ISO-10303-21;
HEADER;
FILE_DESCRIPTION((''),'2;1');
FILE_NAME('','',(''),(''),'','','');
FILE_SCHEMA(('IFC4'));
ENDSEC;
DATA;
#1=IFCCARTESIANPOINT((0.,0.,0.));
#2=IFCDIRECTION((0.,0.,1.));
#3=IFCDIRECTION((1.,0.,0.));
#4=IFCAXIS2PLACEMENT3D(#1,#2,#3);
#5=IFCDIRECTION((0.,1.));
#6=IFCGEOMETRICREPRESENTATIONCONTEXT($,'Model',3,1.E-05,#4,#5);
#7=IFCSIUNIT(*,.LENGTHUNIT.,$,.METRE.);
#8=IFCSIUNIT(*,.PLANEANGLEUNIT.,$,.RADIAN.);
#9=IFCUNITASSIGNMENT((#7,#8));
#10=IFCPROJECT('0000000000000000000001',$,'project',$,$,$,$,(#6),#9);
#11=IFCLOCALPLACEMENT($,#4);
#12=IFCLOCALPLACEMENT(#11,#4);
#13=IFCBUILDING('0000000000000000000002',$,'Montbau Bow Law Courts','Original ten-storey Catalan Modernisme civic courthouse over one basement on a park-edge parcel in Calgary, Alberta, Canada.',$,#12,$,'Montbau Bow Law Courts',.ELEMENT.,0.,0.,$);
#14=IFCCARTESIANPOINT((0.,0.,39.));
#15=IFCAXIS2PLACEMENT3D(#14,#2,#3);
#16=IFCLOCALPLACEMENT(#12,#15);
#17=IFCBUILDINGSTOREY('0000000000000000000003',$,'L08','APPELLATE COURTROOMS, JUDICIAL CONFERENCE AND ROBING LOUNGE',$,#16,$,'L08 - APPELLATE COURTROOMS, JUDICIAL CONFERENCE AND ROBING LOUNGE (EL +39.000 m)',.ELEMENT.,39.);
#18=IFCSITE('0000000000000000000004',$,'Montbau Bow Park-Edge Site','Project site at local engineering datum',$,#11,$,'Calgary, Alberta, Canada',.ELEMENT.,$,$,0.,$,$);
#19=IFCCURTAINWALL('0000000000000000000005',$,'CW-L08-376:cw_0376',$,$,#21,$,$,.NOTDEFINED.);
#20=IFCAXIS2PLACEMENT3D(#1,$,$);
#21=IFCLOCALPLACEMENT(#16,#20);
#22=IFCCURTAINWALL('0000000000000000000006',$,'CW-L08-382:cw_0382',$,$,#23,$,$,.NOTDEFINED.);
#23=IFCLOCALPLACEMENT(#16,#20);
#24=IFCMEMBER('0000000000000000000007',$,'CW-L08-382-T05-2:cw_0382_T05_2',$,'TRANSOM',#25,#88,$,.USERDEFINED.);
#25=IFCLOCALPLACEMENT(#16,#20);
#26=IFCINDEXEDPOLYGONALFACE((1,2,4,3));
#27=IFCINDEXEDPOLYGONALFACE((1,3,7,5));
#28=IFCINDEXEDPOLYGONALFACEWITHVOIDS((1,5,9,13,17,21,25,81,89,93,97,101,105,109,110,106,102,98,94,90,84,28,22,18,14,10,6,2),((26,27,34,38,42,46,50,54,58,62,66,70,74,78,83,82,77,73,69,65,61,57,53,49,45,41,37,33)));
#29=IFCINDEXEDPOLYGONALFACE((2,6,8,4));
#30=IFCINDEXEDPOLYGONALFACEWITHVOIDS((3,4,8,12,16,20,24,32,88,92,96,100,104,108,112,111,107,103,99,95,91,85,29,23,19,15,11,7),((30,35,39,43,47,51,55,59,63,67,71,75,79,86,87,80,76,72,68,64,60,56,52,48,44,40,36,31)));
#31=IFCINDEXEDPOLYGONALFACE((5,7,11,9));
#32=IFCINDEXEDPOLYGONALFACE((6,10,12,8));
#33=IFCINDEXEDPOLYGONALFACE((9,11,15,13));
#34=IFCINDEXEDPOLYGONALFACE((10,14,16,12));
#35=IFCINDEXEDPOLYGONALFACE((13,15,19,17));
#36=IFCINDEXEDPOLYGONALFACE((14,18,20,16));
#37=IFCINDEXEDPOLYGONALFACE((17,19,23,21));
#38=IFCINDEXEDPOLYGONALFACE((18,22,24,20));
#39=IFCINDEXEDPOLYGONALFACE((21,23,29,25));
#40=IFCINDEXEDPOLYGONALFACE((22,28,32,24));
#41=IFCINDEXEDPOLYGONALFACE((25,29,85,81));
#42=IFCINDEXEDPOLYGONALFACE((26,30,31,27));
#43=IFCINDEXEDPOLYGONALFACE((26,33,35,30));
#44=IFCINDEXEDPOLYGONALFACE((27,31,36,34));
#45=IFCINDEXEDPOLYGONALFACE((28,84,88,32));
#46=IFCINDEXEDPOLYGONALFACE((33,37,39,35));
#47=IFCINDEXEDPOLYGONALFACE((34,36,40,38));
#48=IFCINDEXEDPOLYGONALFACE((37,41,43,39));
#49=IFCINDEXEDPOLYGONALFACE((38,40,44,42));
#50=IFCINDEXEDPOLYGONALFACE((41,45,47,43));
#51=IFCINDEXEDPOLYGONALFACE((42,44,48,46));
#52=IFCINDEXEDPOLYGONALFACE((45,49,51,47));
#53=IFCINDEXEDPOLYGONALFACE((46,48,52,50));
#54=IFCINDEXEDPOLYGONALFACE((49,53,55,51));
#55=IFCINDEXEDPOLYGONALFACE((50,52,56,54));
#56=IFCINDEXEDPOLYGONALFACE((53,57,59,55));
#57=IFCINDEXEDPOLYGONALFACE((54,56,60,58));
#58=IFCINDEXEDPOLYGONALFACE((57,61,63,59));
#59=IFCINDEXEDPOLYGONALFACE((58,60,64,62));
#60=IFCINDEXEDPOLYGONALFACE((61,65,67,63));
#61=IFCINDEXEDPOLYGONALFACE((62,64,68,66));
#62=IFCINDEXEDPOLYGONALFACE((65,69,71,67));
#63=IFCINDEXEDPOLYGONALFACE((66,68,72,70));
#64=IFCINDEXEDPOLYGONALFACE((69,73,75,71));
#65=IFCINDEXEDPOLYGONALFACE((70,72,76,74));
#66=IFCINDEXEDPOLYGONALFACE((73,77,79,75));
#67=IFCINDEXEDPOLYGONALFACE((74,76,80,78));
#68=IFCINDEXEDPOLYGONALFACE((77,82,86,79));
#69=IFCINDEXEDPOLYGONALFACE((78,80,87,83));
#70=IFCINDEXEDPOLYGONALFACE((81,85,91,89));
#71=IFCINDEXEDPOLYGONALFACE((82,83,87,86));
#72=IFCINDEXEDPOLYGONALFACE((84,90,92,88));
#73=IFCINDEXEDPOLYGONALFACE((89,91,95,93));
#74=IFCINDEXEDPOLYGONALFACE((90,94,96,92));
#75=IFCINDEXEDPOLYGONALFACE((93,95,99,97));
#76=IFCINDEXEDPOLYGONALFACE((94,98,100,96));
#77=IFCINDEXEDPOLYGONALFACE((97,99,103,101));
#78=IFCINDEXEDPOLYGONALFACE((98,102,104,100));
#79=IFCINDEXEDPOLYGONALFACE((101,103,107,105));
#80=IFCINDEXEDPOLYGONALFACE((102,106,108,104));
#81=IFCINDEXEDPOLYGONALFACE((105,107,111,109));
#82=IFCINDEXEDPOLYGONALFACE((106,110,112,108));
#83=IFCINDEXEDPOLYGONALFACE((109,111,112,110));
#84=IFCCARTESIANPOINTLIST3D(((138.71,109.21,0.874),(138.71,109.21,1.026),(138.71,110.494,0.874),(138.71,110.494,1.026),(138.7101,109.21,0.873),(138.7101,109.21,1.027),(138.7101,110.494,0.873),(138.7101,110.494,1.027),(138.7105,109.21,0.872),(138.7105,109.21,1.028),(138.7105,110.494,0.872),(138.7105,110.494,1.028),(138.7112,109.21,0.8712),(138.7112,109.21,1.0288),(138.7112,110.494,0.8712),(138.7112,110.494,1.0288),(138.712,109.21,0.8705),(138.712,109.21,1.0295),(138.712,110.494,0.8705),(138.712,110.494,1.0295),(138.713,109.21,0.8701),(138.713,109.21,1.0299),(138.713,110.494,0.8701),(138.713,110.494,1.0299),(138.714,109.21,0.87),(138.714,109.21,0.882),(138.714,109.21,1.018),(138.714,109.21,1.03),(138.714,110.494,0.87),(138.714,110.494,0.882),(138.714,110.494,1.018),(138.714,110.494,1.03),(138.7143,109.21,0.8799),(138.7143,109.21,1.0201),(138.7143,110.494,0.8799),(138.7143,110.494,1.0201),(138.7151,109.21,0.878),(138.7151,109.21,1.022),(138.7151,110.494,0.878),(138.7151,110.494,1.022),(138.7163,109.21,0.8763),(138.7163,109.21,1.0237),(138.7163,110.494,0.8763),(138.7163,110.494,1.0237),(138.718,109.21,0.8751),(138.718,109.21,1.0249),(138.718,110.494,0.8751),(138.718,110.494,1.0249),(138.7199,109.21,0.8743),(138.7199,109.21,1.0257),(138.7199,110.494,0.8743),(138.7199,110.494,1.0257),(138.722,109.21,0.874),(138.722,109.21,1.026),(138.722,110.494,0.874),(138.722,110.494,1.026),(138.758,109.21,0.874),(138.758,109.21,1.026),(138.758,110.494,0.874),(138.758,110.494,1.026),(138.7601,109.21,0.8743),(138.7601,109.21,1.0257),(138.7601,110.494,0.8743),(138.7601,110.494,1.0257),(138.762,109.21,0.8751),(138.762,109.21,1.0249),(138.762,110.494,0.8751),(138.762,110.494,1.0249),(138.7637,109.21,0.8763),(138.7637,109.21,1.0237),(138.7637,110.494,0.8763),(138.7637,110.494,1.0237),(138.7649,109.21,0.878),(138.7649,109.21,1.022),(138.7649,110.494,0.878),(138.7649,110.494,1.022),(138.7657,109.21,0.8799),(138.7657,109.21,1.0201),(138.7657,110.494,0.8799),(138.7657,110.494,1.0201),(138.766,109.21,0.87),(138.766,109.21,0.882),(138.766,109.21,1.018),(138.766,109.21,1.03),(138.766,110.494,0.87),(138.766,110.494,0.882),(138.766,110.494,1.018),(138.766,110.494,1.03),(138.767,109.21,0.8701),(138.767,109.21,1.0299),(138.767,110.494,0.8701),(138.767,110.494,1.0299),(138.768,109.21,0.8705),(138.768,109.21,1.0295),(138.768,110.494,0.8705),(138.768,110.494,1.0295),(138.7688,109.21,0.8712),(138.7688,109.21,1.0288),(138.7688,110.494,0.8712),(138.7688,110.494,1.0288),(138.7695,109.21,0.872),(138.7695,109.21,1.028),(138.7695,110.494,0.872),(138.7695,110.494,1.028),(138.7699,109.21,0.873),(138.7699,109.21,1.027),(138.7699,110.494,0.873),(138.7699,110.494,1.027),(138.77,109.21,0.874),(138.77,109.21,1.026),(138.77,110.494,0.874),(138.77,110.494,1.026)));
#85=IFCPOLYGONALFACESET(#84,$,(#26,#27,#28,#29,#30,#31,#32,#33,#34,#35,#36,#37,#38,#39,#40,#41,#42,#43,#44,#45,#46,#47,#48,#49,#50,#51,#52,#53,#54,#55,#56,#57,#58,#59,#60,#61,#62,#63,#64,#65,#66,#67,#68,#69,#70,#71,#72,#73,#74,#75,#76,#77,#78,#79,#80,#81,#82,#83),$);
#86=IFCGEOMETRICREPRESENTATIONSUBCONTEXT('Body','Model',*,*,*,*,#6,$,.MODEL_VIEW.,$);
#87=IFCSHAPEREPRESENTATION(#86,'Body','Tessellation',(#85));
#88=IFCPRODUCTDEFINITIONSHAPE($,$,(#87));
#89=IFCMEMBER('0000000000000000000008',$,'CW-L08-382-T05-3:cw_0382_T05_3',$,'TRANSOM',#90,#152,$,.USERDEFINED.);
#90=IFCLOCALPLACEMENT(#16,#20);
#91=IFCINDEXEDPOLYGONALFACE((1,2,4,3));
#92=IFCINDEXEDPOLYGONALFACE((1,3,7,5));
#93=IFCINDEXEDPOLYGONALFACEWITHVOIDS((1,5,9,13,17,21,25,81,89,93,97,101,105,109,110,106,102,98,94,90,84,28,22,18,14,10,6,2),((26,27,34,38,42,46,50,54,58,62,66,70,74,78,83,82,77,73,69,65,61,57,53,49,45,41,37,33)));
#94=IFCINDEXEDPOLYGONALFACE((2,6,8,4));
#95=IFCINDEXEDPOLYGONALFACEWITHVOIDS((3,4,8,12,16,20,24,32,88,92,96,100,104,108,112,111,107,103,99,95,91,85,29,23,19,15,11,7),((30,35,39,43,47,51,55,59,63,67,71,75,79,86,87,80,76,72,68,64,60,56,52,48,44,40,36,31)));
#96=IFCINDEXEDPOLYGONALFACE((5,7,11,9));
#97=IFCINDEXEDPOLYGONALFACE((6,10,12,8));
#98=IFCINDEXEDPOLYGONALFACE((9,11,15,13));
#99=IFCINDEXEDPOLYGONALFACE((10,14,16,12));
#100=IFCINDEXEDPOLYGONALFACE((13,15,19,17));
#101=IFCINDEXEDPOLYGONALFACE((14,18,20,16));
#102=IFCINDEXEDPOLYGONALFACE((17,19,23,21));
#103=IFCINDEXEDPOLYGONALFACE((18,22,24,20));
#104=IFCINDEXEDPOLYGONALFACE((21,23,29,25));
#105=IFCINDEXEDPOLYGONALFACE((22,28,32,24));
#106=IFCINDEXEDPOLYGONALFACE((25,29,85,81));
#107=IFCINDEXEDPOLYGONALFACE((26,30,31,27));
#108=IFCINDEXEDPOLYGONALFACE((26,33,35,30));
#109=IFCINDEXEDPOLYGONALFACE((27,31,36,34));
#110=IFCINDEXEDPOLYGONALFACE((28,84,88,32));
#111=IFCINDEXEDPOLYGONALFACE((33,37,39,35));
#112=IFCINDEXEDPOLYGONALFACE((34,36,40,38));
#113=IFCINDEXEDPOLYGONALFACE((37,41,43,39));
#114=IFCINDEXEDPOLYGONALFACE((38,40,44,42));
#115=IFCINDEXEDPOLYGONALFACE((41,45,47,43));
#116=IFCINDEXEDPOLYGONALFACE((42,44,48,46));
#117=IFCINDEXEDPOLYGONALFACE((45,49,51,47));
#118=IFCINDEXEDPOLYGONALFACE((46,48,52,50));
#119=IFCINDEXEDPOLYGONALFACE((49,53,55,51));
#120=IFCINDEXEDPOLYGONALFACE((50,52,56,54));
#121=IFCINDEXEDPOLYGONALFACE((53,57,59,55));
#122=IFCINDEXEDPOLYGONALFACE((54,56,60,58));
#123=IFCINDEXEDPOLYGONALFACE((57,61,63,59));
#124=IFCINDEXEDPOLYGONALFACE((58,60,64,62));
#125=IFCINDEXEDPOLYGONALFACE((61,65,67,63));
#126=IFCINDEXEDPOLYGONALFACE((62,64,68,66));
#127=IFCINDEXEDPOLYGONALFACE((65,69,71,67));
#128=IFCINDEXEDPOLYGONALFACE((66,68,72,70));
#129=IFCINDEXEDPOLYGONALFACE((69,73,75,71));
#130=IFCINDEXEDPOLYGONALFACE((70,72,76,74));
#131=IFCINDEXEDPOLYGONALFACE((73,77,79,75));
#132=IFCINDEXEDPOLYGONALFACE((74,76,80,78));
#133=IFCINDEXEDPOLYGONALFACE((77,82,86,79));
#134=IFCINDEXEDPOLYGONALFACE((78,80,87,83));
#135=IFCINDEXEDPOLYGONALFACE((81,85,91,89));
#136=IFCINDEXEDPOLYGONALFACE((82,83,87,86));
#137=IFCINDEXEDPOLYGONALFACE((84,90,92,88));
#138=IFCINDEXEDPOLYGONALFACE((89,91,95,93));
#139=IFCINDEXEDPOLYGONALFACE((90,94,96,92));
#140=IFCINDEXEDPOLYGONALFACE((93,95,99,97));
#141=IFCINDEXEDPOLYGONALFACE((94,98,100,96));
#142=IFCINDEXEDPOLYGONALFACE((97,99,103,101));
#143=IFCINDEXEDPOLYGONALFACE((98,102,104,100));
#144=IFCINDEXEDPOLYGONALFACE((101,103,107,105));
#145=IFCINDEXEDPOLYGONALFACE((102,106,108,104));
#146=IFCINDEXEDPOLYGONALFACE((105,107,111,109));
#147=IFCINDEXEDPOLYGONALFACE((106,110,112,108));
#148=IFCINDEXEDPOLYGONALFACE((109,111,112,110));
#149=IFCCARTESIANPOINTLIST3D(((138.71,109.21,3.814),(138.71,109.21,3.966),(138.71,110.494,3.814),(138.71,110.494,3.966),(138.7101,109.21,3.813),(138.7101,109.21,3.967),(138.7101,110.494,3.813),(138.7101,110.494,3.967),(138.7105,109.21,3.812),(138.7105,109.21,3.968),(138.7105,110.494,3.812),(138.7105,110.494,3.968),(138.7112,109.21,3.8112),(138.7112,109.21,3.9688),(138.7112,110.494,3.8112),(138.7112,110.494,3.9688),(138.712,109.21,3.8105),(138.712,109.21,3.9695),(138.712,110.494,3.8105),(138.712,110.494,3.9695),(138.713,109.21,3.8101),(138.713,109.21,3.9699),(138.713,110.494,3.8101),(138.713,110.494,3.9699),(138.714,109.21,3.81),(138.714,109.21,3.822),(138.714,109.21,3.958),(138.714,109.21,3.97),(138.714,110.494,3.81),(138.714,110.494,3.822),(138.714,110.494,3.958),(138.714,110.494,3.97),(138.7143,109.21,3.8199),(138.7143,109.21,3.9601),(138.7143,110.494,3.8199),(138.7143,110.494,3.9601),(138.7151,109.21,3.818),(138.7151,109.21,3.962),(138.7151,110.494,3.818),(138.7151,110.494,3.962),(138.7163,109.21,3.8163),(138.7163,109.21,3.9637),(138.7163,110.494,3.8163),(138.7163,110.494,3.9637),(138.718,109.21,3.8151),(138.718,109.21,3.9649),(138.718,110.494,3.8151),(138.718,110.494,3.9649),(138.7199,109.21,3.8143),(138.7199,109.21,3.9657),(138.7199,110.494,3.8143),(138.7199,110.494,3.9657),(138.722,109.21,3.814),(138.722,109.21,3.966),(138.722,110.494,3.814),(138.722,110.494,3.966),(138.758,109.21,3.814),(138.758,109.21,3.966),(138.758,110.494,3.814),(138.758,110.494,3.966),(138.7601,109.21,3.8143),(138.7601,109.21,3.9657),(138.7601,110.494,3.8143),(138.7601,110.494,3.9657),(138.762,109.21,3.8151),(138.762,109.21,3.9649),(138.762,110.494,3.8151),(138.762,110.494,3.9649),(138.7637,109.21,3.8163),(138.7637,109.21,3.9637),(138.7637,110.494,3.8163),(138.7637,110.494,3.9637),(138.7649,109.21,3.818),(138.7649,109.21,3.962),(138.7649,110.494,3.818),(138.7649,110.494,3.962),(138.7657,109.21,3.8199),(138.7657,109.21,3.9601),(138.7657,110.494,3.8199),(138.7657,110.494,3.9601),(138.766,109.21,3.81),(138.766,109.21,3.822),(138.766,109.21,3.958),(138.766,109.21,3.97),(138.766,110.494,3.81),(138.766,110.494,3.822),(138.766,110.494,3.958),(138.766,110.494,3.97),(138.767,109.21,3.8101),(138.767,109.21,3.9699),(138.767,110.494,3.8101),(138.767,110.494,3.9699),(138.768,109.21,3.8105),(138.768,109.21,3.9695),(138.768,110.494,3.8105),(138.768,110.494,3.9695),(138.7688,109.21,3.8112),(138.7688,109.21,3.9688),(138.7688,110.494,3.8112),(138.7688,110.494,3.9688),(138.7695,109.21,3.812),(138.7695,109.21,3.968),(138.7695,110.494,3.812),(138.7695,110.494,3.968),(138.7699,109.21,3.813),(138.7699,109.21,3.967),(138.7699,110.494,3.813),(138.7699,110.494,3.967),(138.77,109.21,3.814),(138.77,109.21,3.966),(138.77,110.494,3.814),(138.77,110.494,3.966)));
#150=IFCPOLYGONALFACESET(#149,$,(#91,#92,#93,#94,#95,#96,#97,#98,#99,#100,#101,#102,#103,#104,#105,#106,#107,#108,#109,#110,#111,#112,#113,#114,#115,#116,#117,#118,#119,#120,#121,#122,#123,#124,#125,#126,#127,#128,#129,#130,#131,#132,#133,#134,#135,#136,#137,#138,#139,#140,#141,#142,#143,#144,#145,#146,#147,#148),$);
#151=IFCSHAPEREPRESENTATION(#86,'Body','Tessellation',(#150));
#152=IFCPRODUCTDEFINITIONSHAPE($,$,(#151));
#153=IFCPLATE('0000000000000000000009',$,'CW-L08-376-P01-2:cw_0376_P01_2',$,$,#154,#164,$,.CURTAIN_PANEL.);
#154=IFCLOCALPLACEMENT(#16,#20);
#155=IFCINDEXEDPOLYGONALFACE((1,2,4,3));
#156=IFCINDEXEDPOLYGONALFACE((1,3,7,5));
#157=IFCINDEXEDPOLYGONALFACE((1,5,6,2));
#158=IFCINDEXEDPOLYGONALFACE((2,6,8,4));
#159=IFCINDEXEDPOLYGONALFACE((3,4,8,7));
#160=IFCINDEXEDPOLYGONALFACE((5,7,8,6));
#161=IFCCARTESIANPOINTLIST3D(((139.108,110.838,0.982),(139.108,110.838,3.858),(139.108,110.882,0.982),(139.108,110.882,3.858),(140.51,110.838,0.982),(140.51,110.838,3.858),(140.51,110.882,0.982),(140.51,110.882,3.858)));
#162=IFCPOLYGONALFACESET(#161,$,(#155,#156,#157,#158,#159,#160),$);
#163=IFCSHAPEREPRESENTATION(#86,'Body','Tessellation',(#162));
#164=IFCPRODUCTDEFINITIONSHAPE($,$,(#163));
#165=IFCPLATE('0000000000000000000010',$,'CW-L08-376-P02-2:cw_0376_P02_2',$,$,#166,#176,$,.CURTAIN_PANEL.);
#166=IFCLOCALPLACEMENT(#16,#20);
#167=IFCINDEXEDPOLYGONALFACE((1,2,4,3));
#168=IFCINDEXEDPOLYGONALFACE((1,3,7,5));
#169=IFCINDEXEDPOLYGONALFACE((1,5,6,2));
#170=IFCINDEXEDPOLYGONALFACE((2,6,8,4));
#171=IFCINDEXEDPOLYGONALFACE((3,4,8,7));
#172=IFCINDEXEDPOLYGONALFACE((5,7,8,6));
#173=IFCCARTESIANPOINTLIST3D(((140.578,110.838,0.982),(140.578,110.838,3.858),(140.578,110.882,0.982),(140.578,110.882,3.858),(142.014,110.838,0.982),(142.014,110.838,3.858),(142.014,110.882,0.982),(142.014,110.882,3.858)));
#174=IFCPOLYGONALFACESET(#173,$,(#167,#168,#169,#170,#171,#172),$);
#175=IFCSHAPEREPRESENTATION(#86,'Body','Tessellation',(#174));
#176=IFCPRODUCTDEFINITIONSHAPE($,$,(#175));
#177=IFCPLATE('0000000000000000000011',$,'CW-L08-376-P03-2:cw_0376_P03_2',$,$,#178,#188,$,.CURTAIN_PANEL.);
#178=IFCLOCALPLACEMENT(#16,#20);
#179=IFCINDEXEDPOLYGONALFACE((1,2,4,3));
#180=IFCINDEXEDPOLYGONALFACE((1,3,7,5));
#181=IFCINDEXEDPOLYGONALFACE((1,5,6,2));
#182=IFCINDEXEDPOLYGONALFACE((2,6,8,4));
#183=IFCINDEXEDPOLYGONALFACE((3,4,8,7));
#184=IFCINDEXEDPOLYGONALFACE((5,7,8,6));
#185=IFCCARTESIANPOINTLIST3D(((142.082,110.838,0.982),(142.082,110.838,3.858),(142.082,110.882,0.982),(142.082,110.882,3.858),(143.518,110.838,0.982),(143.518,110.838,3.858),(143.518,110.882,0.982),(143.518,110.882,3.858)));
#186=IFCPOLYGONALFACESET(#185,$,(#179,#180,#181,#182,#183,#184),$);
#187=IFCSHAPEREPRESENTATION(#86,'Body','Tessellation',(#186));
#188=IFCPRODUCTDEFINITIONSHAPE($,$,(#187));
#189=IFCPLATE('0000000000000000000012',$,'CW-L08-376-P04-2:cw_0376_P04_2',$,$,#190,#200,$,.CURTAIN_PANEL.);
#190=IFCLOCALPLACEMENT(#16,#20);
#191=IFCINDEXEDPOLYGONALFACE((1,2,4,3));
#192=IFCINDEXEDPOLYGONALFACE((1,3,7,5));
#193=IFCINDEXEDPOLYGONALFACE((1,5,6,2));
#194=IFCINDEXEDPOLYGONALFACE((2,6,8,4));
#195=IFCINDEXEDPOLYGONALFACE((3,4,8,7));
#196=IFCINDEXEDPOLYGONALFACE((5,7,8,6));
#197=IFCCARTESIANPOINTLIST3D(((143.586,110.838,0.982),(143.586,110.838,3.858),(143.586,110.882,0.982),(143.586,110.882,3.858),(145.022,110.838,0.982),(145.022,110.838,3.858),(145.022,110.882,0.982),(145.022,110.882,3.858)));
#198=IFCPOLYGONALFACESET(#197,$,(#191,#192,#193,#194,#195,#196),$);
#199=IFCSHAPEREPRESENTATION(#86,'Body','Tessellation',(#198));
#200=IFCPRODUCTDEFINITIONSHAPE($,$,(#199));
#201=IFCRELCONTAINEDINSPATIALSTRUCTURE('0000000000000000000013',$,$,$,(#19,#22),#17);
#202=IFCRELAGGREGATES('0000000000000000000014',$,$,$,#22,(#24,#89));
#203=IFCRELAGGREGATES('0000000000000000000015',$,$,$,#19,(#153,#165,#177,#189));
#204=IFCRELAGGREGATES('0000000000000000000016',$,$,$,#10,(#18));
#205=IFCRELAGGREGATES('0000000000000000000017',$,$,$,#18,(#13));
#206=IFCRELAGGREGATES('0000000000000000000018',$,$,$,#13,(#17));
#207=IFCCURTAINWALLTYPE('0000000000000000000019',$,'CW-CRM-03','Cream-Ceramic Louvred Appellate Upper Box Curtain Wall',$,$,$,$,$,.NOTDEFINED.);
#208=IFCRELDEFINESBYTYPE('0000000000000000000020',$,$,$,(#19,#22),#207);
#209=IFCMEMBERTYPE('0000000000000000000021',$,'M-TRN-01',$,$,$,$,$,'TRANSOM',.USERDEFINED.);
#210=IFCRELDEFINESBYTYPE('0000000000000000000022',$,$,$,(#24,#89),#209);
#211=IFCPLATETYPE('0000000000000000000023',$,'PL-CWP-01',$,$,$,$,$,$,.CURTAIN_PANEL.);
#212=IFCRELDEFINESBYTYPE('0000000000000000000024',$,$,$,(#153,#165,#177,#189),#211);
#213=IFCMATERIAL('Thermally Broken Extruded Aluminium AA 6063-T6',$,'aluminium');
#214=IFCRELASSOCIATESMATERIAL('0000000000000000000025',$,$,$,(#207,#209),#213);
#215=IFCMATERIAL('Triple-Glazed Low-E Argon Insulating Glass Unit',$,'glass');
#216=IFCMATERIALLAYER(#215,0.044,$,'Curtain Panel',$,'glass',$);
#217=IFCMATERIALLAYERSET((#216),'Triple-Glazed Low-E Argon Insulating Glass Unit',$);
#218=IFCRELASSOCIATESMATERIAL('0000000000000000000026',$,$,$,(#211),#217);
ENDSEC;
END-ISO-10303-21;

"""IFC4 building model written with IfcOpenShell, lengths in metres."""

from ifc_helpers import new_model, si_unit, direction, frame, frame_2d, origin_with_axes, origin_2d_with_axis, place, context, subcontext, project, spatial, rectangle, hollow_rectangle, extrude, material, layer, layer_set, material_profile, profile_set, type_object, element, aggregate, save


model = new_model("IFC4")

# Units and contexts
model_context = context("Model", 3, precision=1e-05, world=origin_with_axes(), true_north=direction((0.0, 1.0)))
body_context = subcontext(model_context, "Body", "Model", "MODEL_VIEW")
ifc_project = project(units=[si_unit("LENGTHUNIT", "METRE"), si_unit("PLANEANGLEUNIT", "RADIAN")], contexts=[model_context])

# Site, building, storey
site_placement = place(None, origin_with_axes())
site = spatial("IfcSite", under=ifc_project, at=site_placement, Name="Montbau Bow Park-Edge Site", Description="Project site at local engineering datum", LongName="Calgary, Alberta, Canada", CompositionType="ELEMENT", RefElevation=0.0)
building_placement = place(site_placement, origin_with_axes())
building = spatial("IfcBuilding", under=site, at=building_placement, Name="Montbau Bow Law Courts", Description="Original ten-storey Catalan Modernisme civic courthouse over one basement on a park-edge parcel in Calgary, Alberta, Canada.", LongName="Montbau Bow Law Courts", CompositionType="ELEMENT", ElevationOfRefHeight=0.0, ElevationOfTerrain=0.0)
storey_placement = place(building_placement, frame((0.0, 0.0, 39.0), z_axis=(0.0, 0.0, 1.0), x_axis=(1.0, 0.0, 0.0)))
storey = spatial("IfcBuildingStorey", under=building, at=storey_placement, Name="L08", Description="APPELLATE COURTROOMS, JUDICIAL CONFERENCE AND ROBING LOUNGE", LongName="L08 - APPELLATE COURTROOMS, JUDICIAL CONFERENCE AND ROBING LOUNGE (EL +39.000 m)", CompositionType="ELEMENT", Elevation=39.0)

# Curtain walls, members
ifc_material_1 = material(Name="Thermally Broken Extruded Aluminium AA 6063-T6", Category="aluminium")
curtain_wall_type = type_object("IfcCurtainWallType", Name="CW-CRM-03", Description="Cream-Ceramic Louvred Appellate Upper Box Curtain Wall", PredefinedType="NOTDEFINED", material=ifc_material_1)
curtain_wall_1_placement = place(None, frame((139.04, 110.86, 39.0), z_axis=(0.0, 0.0, 1.0), x_axis=(1.0, 0.0, 0.0)))
curtain_wall_1 = element("IfcCurtainWall", 1, at=curtain_wall_1_placement, inside=storey, type_object=curtain_wall_type, Name="CW-L08-376:cw_0376", PredefinedType="NOTDEFINED")
ifc_material_profile_1 = material_profile(ifc_material_1, hollow_rectangle(XDim=0.06, YDim=0.16, WallThickness=0.004, InnerFilletRadius=0.008, OuterFilletRadius=0.004, at=origin_2d_with_axis()), Name="CWT-160X60", Category="Main", Priority=0)
ifc_profile_set_1 = profile_set([ifc_material_profile_1], Name="Thermally Broken Extruded Aluminium AA 6063-T6")
member_type_1 = type_object("IfcMemberType", Name="M-TRN-01", ElementType="TRANSOM", PredefinedType="USERDEFINED", material=ifc_profile_set_1)
curtain_wall_2_placement = place(None, frame((138.74, 103.64, 39.0), z_axis=(0.0, 0.0, 1.0), x_axis=(1.0, 0.0, 0.0)))
curtain_wall_2 = element("IfcCurtainWall", 2, at=curtain_wall_2_placement, inside=storey, type_object=curtain_wall_type, Name="CW-L08-382:cw_0382", PredefinedType="NOTDEFINED")
member_1_placement = place(None, frame((138.74, 109.21, 39.95), z_axis=(0.0, 1.0, 0.0), x_axis=(-1.0, 0.0, 0.0)))
member_1 = element("IfcMember", 3, at=member_1_placement, type_object=member_type_1, Name="CW-L08-382-T05-2:cw_0382_T05_2", ObjectType="TRANSOM", PredefinedType="USERDEFINED", context=body_context, shape_type="SweptSolid", body=[
    extrude(hollow_rectangle(XDim=0.06, YDim=0.16, WallThickness=0.004, InnerFilletRadius=0.008, OuterFilletRadius=0.004, at=origin_2d_with_axis()), origin_with_axes(), (0.0, 0.0, 1.0), 1.284),
])
member_2_placement = place(None, frame((138.74, 109.21, 42.89), z_axis=(0.0, 1.0, 0.0), x_axis=(-1.0, 0.0, 0.0)))
member_2 = element("IfcMember", 4, at=member_2_placement, type_object=member_type_1, Name="CW-L08-382-T05-3:cw_0382_T05_3", ObjectType="TRANSOM", PredefinedType="USERDEFINED", context=body_context, shape_type="SweptSolid", body=[
    extrude(hollow_rectangle(XDim=0.06, YDim=0.16, WallThickness=0.004, InnerFilletRadius=0.008, OuterFilletRadius=0.004, at=origin_2d_with_axis()), origin_with_axes(), (0.0, 0.0, 1.0), 1.284),
])

# Plates
ifc_material_2 = material(Name="Triple-Glazed Low-E Argon Insulating Glass Unit", Category="glass")
ifc_layer_1 = layer(ifc_material_2, 0.044, Name="Curtain Panel", Category="glass")
ifc_layer_set_1 = layer_set([ifc_layer_1], Name="Triple-Glazed Low-E Argon Insulating Glass Unit")
plate_type_1 = type_object("IfcPlateType", Name="PL-CWP-01", PredefinedType="CURTAIN_PANEL", material=ifc_layer_set_1)
plate_1_placement = place(None, frame((139.108, 110.86, 39.982), z_axis=(0.0, -1.0, 0.0), x_axis=(1.0, 0.0, 0.0)))
plate_1 = element("IfcPlate", 5, at=plate_1_placement, type_object=plate_type_1, Name="CW-L08-376-P01-2:cw_0376_P01_2", PredefinedType="CURTAIN_PANEL", context=body_context, shape_type="SweptSolid", body=[
    extrude(rectangle(XDim=1.402, YDim=2.876, at=frame_2d((0.701, 1.438), x_axis=(1.0, 0.0))), frame((0.0, 0.0, -0.022), z_axis=(0.0, 0.0, 1.0), x_axis=(1.0, 0.0, 0.0)), (0.0, 0.0, 1.0), 0.044),
])
plate_2_placement = place(None, frame((140.578, 110.86, 39.982), z_axis=(0.0, -1.0, 0.0), x_axis=(1.0, 0.0, 0.0)))
plate_2 = element("IfcPlate", 6, at=plate_2_placement, type_object=plate_type_1, Name="CW-L08-376-P02-2:cw_0376_P02_2", PredefinedType="CURTAIN_PANEL", context=body_context, shape_type="SweptSolid", body=[
    extrude(rectangle(XDim=1.436, YDim=2.876, at=frame_2d((0.718, 1.438), x_axis=(1.0, 0.0))), frame((0.0, 0.0, -0.022), z_axis=(0.0, 0.0, 1.0), x_axis=(1.0, 0.0, 0.0)), (0.0, 0.0, 1.0), 0.044),
])
plate_3_placement = place(None, frame((142.082, 110.86, 39.982), z_axis=(0.0, -1.0, 0.0), x_axis=(1.0, 0.0, 0.0)))
plate_3 = element("IfcPlate", 7, at=plate_3_placement, type_object=plate_type_1, Name="CW-L08-376-P03-2:cw_0376_P03_2", PredefinedType="CURTAIN_PANEL", context=body_context, shape_type="SweptSolid", body=[
    extrude(rectangle(XDim=1.436, YDim=2.876, at=frame_2d((0.718, 1.438), x_axis=(1.0, 0.0))), frame((0.0, 0.0, -0.022), z_axis=(0.0, 0.0, 1.0), x_axis=(1.0, 0.0, 0.0)), (0.0, 0.0, 1.0), 0.044),
])
plate_4_placement = place(None, frame((143.586, 110.86, 39.982), z_axis=(0.0, -1.0, 0.0), x_axis=(1.0, 0.0, 0.0)))
plate_4 = element("IfcPlate", 8, at=plate_4_placement, type_object=plate_type_1, Name="CW-L08-376-P04-2:cw_0376_P04_2", PredefinedType="CURTAIN_PANEL", context=body_context, shape_type="SweptSolid", body=[
    extrude(rectangle(XDim=1.436, YDim=2.876, at=frame_2d((0.718, 1.438), x_axis=(1.0, 0.0))), frame((0.0, 0.0, -0.022), z_axis=(0.0, 0.0, 1.0), x_axis=(1.0, 0.0, 0.0)), (0.0, 0.0, 1.0), 0.044),
])
aggregate(curtain_wall_2, [member_1, member_2])
aggregate(curtain_wall_1, [plate_1, plate_2, plate_3, plate_4])

save(model, "model.ifc")
